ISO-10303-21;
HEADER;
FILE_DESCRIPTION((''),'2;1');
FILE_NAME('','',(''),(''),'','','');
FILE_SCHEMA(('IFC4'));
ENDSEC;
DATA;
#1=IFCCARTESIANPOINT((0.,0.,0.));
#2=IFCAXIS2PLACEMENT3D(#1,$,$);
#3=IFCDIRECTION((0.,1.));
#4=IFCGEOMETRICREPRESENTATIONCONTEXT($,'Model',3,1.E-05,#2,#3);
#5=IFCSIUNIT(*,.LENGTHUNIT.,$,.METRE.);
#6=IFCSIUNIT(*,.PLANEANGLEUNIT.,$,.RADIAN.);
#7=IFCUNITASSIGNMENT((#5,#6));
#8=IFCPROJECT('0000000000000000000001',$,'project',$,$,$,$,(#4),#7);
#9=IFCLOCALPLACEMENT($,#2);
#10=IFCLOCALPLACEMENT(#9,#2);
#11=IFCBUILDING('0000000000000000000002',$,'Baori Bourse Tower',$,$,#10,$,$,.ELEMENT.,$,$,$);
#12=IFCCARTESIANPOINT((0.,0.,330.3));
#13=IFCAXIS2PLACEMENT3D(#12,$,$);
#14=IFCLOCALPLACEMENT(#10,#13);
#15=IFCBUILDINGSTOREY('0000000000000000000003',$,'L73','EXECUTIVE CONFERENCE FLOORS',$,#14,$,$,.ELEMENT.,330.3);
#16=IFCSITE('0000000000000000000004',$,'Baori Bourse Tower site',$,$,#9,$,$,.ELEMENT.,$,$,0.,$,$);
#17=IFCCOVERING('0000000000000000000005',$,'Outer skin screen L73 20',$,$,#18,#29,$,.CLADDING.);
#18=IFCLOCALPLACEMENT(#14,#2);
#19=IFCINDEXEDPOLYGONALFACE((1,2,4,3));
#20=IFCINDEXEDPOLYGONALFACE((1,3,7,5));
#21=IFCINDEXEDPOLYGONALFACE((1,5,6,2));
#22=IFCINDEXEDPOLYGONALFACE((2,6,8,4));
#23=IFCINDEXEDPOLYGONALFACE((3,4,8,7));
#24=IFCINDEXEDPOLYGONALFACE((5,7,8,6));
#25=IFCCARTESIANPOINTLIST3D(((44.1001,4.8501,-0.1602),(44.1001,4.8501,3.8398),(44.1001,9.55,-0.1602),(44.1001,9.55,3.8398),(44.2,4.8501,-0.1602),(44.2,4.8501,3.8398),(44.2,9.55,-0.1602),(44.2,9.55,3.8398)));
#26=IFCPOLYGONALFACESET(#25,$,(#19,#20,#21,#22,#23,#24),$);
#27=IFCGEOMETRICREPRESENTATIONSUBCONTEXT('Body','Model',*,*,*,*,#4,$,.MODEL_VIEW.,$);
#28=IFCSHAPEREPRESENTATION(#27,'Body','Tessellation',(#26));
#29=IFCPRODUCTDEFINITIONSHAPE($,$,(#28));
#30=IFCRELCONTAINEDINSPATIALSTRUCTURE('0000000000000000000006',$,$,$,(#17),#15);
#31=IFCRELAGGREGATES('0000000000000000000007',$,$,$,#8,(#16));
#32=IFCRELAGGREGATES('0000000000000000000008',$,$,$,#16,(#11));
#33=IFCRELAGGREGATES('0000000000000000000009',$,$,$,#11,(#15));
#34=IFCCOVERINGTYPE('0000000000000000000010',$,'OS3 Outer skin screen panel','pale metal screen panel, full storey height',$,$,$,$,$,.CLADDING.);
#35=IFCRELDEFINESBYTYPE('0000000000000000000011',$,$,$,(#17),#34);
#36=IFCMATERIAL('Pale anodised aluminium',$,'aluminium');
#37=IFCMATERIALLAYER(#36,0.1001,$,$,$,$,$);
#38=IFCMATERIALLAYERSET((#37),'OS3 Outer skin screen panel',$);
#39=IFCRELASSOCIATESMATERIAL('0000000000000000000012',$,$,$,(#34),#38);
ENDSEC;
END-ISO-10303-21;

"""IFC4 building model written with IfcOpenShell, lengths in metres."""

from ifc_helpers import new_model, si_unit, direction, frame, origin, place, context, subcontext, project, spatial, polyline, outline, extrude, material, layer, layer_set, type_object, element, save


model = new_model("IFC4")

# Units and contexts
model_context = context("Model", 3, precision=1e-05, world=origin(), true_north=direction((0.0, 1.0)))
body_context = subcontext(model_context, "Body", "Model", "MODEL_VIEW")
ifc_project = project(units=[si_unit("LENGTHUNIT", "METRE"), si_unit("PLANEANGLEUNIT", "RADIAN")], contexts=[model_context])

# Site, building, storey
site_placement = place(None, origin())
site = spatial("IfcSite", under=ifc_project, at=site_placement, Name="Baori Bourse Tower site", CompositionType="ELEMENT", RefElevation=0.0)
building_placement = place(site_placement, origin())
building = spatial("IfcBuilding", under=site, at=building_placement, Name="Baori Bourse Tower", CompositionType="ELEMENT")
storey_placement = place(building_placement, frame((0.0, 0.0, 330.3)))
storey = spatial("IfcBuildingStorey", under=building, at=storey_placement, Name="L73", Description="EXECUTIVE CONFERENCE FLOORS", CompositionType="ELEMENT", Elevation=330.3)

# Covering
ifc_material_1 = material(Name="Pale anodised aluminium", Category="aluminium")
ifc_layer_1 = layer(ifc_material_1, 0.1001)
ifc_layer_set_1 = layer_set([ifc_layer_1], Name="OS3 Outer skin screen panel")
covering_type = type_object("IfcCoveringType", Name="OS3 Outer skin screen panel", Description="pale metal screen panel, full storey height", PredefinedType="CLADDING", material=ifc_layer_set_1)
covering_1_placement = place(storey_placement, frame((0.0, 0.0, -0.1602)))
element("IfcCovering", 1, at=covering_1_placement, inside=storey, type_object=covering_type, Name="Outer skin screen L73 20", PredefinedType="CLADDING", context=body_context, shape_type="SweptSolid", body=[
    extrude(outline(polyline([(44.1001, 9.55), (44.1001, 4.8501), (44.2, 4.8501), (44.2, 9.55), (44.1001, 9.55)])), origin(), (0.0, 0.0, 1.0), 4.0),
])

save(model, "model.ifc")
